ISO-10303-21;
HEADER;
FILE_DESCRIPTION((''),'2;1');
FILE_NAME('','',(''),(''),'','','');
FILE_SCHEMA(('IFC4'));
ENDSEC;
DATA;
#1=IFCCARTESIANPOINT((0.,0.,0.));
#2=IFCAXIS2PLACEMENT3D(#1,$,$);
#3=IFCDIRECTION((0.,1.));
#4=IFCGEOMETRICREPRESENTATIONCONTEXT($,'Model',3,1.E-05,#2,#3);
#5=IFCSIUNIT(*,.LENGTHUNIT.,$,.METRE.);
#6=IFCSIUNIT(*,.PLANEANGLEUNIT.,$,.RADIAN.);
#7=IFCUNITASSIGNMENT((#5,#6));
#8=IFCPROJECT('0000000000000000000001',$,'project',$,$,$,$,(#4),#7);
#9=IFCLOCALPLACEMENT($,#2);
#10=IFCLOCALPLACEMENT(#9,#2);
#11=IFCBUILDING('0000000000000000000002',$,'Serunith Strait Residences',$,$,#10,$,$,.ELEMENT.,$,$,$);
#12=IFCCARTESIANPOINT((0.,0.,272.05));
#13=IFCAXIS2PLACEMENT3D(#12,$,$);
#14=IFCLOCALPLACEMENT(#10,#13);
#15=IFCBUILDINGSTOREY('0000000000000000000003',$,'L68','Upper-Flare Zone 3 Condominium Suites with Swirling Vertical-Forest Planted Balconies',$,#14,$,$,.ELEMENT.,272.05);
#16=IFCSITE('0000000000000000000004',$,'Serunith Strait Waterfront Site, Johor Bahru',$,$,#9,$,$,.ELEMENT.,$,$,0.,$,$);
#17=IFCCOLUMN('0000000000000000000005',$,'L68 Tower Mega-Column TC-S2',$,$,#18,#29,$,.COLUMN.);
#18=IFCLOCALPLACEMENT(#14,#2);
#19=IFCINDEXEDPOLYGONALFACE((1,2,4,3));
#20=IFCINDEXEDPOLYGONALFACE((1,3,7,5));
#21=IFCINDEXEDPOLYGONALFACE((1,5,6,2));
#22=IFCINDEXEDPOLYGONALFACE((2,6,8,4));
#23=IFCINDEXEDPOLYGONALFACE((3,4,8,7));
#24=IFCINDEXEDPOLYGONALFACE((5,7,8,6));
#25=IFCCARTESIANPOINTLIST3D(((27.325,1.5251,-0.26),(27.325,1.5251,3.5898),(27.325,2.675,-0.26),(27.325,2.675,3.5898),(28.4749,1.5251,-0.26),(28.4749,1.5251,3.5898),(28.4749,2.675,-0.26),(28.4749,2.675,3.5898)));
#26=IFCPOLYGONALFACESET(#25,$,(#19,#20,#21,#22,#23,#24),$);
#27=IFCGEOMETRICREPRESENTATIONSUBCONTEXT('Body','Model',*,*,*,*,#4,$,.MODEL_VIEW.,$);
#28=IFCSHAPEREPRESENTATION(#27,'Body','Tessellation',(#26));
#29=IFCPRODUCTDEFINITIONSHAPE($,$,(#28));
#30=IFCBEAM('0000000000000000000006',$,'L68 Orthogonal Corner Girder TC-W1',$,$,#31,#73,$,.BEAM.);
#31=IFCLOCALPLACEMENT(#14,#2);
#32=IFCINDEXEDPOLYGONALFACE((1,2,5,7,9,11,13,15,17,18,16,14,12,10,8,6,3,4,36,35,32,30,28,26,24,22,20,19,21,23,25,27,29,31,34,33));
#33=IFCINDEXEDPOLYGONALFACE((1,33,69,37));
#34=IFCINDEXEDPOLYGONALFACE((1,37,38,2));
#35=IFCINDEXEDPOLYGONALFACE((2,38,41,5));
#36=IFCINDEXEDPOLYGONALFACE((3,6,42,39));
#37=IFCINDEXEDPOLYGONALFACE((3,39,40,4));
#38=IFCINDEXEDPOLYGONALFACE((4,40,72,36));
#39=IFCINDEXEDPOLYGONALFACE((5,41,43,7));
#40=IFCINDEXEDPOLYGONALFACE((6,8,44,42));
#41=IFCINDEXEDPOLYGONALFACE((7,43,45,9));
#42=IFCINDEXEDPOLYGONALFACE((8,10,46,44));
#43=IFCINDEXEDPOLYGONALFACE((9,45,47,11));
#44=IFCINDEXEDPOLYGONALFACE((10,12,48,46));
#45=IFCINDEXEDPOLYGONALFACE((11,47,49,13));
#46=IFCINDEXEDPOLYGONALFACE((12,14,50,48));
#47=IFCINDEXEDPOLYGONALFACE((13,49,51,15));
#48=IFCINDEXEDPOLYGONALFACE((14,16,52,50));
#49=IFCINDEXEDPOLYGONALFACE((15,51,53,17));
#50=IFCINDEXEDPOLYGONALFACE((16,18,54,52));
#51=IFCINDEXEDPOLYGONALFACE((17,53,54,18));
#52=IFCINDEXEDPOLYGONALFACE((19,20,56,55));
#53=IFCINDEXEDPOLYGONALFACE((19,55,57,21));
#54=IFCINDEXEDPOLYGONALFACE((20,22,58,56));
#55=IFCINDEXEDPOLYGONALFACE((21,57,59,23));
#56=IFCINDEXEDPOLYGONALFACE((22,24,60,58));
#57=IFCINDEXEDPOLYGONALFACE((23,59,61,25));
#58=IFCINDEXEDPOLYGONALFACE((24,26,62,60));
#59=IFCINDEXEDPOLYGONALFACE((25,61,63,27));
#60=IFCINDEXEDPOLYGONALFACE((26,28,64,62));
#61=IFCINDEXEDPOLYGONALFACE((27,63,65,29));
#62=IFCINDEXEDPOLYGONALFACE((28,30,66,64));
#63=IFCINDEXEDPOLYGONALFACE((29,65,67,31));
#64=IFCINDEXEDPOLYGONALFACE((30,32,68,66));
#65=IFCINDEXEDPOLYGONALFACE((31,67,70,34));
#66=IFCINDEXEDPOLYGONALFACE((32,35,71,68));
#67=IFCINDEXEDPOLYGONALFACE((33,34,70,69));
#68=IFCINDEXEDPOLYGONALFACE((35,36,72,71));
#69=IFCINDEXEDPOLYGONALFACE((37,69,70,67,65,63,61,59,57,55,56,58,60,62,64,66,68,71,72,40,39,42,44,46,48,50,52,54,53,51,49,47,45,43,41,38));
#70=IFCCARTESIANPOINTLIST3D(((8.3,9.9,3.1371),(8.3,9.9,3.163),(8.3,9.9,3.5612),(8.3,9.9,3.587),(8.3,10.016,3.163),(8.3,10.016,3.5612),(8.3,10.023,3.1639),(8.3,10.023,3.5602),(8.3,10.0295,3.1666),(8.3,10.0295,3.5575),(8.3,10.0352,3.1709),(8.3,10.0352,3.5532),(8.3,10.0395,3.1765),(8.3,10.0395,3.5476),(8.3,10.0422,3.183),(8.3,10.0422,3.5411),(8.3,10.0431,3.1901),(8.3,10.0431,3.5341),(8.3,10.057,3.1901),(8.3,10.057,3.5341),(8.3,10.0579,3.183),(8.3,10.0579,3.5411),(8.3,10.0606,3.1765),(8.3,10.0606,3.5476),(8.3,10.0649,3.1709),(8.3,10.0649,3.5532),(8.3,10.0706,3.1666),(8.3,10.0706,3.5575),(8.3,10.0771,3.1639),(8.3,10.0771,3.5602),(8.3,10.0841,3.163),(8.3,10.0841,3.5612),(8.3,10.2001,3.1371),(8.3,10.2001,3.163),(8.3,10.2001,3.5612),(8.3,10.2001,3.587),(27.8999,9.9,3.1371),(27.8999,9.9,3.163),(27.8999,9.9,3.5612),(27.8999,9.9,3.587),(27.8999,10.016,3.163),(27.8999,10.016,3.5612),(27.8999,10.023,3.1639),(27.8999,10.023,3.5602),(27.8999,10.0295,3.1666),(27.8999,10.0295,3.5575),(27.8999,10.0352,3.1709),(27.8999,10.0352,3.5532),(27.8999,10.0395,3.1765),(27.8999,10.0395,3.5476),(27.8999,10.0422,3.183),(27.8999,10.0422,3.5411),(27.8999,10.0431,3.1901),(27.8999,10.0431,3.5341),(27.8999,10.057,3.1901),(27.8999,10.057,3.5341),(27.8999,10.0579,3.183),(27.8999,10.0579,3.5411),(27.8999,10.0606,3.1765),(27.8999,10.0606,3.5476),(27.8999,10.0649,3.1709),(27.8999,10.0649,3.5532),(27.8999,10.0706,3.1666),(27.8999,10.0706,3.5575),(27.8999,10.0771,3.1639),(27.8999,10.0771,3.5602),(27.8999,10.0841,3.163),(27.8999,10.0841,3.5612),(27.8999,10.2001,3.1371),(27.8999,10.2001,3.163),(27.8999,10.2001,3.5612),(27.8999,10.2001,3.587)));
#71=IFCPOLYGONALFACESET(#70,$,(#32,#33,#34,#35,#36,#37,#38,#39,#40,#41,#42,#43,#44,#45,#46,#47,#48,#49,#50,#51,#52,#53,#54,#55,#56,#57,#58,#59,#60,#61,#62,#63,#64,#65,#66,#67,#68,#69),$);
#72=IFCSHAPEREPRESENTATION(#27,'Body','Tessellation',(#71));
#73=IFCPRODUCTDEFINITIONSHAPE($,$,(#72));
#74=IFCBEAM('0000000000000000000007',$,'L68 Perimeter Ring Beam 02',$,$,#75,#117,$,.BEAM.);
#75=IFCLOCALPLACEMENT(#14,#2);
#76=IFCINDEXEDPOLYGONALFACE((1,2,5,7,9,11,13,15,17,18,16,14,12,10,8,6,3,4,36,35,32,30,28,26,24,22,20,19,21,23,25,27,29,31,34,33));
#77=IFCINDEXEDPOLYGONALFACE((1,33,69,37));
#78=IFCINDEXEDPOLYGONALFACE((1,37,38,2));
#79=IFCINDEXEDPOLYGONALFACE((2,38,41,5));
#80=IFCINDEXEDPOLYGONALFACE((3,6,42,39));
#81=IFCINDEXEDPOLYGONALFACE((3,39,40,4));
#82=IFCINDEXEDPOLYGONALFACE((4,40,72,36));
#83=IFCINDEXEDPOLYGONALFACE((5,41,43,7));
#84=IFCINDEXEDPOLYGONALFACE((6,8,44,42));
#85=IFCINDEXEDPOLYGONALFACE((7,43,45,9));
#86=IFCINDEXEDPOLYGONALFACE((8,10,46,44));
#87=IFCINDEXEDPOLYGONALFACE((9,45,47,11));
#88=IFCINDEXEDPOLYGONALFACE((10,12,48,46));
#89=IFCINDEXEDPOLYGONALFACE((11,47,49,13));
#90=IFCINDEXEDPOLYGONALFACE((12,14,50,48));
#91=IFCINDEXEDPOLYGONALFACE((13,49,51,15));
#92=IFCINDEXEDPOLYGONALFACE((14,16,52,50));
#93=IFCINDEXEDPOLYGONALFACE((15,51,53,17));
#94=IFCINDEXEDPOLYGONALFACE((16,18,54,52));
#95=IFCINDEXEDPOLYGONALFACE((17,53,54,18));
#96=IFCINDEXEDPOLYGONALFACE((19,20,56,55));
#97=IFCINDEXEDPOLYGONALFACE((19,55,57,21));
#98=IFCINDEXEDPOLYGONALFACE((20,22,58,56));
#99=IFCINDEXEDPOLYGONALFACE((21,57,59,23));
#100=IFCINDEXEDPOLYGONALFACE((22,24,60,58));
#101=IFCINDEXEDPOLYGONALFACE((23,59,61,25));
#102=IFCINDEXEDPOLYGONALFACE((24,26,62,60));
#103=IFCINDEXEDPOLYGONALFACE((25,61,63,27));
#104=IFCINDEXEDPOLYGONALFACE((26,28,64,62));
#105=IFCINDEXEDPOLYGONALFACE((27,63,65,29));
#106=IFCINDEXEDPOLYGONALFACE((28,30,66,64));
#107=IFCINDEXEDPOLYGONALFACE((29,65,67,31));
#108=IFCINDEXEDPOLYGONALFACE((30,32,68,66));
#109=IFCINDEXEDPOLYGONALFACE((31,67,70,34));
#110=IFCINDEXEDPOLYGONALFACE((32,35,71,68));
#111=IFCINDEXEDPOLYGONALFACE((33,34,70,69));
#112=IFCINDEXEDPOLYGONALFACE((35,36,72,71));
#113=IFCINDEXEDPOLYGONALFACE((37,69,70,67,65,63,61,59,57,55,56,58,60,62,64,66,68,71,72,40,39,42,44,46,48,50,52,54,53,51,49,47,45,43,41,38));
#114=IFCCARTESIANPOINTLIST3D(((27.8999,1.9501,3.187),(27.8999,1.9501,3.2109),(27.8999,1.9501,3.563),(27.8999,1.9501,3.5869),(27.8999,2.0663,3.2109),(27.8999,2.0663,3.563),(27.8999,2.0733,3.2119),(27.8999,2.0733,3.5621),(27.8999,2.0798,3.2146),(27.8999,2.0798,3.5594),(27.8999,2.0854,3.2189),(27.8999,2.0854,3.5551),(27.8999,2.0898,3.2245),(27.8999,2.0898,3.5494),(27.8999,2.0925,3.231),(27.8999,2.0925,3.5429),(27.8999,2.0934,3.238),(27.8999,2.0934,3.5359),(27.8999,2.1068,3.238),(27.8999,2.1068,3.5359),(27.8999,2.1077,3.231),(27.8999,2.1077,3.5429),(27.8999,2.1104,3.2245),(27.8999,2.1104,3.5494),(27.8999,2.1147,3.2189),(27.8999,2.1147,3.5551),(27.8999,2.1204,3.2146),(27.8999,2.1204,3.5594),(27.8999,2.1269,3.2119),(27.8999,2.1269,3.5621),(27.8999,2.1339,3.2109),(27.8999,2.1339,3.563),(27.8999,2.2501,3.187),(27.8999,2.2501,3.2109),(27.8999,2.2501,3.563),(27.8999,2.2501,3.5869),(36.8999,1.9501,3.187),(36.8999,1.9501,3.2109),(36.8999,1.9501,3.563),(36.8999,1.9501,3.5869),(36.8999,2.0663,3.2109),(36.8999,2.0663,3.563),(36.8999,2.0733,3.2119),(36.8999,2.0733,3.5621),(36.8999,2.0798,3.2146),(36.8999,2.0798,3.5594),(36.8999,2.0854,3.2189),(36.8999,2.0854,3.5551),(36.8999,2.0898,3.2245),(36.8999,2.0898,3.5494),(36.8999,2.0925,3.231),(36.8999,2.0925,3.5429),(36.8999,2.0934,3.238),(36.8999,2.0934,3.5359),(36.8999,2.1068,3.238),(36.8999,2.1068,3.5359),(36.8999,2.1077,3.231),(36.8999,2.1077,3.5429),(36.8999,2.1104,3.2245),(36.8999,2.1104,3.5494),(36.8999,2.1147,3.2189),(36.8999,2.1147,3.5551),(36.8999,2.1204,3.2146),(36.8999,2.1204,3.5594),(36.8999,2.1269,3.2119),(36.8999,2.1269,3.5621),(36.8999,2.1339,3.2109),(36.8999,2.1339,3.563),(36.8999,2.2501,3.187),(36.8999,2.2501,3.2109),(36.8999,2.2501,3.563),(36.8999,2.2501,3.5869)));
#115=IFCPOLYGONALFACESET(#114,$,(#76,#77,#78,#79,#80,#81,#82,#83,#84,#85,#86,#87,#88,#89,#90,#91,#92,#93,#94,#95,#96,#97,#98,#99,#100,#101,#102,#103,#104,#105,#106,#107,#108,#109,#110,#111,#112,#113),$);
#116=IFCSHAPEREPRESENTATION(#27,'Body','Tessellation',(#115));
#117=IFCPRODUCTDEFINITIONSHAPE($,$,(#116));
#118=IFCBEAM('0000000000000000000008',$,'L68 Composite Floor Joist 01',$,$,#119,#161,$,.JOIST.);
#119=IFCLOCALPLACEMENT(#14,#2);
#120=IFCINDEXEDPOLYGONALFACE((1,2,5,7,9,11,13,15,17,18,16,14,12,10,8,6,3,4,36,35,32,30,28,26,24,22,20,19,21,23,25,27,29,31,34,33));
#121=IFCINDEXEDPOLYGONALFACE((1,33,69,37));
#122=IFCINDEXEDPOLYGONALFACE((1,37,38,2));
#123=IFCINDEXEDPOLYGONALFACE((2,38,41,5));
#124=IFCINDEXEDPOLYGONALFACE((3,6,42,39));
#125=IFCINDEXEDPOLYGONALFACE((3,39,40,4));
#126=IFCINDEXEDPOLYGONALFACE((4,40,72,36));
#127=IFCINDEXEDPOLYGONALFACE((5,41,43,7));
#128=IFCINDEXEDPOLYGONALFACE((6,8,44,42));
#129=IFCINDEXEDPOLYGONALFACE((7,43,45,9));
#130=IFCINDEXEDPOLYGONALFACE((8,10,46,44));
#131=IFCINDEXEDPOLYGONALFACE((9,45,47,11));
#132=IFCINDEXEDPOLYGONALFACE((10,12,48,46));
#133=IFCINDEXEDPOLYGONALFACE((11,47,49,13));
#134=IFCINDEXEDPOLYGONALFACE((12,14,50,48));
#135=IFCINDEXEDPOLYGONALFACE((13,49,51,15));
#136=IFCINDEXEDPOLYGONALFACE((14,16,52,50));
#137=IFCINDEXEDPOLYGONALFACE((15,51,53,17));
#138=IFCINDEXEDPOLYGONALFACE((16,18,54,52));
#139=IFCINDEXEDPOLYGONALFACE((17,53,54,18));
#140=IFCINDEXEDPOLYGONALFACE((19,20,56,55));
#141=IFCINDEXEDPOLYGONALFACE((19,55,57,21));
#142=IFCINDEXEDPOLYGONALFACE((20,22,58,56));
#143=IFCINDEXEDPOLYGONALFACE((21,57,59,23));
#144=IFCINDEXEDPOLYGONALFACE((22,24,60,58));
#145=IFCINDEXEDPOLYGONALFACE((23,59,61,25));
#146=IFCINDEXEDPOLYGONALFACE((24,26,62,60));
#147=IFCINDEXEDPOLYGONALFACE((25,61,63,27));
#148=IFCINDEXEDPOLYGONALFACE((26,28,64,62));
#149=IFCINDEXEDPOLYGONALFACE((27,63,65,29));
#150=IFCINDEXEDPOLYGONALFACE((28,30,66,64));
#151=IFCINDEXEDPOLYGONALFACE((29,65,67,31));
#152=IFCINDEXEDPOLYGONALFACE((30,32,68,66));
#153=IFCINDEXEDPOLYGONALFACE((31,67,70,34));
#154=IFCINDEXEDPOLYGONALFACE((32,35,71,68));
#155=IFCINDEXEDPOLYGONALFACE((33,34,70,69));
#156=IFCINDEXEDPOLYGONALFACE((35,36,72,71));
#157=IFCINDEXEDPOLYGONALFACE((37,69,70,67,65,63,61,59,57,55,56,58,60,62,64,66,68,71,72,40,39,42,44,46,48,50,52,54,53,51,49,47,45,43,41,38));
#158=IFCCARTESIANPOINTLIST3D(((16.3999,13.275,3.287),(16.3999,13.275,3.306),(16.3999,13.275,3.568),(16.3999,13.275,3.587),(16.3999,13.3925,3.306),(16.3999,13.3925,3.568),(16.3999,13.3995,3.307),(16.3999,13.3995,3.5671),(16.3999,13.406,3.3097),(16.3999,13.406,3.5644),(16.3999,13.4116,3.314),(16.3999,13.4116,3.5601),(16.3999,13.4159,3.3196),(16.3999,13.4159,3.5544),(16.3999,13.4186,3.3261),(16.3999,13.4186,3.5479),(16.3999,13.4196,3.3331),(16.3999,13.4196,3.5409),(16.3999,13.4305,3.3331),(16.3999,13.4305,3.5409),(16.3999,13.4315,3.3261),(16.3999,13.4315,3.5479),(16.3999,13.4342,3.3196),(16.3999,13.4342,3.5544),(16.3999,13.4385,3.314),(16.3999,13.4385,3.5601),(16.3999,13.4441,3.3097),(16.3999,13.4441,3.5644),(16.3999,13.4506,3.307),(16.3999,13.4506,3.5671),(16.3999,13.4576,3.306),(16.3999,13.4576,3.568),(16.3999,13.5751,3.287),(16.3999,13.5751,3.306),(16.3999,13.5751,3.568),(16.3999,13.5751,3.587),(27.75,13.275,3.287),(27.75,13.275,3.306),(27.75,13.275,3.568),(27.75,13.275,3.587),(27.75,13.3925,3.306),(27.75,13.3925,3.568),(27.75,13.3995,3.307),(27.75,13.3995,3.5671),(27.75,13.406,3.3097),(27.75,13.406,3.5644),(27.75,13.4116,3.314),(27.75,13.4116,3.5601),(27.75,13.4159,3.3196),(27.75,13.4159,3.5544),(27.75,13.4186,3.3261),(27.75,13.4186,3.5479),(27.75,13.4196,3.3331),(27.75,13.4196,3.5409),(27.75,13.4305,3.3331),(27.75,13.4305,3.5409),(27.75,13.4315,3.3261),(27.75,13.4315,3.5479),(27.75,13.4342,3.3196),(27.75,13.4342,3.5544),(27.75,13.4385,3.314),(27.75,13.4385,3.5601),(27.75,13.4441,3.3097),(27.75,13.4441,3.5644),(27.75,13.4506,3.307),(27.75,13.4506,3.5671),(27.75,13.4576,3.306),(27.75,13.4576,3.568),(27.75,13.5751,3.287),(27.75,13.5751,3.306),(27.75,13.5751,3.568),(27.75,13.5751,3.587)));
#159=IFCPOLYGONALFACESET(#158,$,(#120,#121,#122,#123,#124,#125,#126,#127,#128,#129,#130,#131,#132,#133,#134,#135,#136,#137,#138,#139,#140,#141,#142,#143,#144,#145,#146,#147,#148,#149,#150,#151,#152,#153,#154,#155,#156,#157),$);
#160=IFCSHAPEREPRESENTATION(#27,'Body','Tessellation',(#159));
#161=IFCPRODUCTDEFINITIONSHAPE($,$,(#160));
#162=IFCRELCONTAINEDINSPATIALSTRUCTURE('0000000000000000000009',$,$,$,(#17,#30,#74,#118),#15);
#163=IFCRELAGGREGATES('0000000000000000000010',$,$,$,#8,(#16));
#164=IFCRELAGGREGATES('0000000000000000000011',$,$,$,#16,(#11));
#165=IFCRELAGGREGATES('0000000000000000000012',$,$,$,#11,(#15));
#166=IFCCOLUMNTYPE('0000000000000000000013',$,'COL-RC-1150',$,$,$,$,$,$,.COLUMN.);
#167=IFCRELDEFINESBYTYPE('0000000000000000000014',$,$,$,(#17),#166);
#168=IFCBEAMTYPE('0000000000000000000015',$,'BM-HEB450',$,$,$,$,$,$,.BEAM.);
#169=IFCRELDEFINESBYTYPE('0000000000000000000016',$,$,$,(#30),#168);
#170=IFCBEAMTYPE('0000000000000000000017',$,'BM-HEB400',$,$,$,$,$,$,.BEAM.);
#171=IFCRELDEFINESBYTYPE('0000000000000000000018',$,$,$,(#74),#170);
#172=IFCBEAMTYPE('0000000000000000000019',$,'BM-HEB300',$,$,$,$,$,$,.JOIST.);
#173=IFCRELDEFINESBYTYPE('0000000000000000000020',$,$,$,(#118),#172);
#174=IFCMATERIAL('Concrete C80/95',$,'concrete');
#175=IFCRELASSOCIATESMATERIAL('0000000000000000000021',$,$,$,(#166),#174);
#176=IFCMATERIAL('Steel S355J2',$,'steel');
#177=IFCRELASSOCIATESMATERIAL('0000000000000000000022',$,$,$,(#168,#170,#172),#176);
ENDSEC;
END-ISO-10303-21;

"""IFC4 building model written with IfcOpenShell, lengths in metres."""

from ifc_helpers import new_model, si_unit, direction, frame, origin, origin_2d, place, context, subcontext, project, spatial, rectangle, i_section, extrude, source, transform, mapped, material, material_profile, profile_set, type_object, element, save


model = new_model("IFC4")

# Units and contexts
model_context = context("Model", 3, precision=1e-05, world=origin(), true_north=direction((0.0, 1.0)))
body_context = subcontext(model_context, "Body", "Model", "MODEL_VIEW")
ifc_project = project(units=[si_unit("LENGTHUNIT", "METRE"), si_unit("PLANEANGLEUNIT", "RADIAN")], contexts=[model_context])

# Site, building, storey
site_placement = place(None, origin())
site = spatial("IfcSite", under=ifc_project, at=site_placement, Name="Serunith Strait Waterfront Site, Johor Bahru", CompositionType="ELEMENT", RefElevation=0.0)
building_placement = place(site_placement, origin())
building = spatial("IfcBuilding", under=site, at=building_placement, Name="Serunith Strait Residences", CompositionType="ELEMENT")
storey_placement = place(building_placement, frame((0.0, 0.0, 272.05)))
storey = spatial("IfcBuildingStorey", under=building, at=storey_placement, Name="L68", Description="Upper-Flare Zone 3 Condominium Suites with Swirling Vertical-Forest Planted Balconies", CompositionType="ELEMENT", Elevation=272.05)

# Column
ifc_material_1 = material(Name="Concrete C80/95", Category="concrete")
ifc_material_profile_1 = material_profile(ifc_material_1, rectangle(XDim=1.1499, YDim=1.1499, at=origin_2d()), Name="RC 1150x1150")
ifc_profile_set_1 = profile_set([ifc_material_profile_1], Name="Concrete C80/95")
column_type = type_object("IfcColumnType", Name="COL-RC-1150", PredefinedType="COLUMN", material=ifc_profile_set_1)
shared_shape_1 = source(origin(), body_context, "Body", "SweptSolid", [
    extrude(rectangle(XDim=1.1499, YDim=1.1499, at=origin_2d()), origin(), (0.0, 0.0, 1.0), 3.8499),
])
column_placement = place(storey_placement, frame((27.8999, 2.1001, -0.26), z_axis=(0.0, 0.0, 1.0), x_axis=(1.0, 0.0, 0.0)))
element("IfcColumn", 1, at=column_placement, inside=storey, type_object=column_type, Name="L68 Tower Mega-Column TC-S2", PredefinedType="COLUMN", context=body_context, shape_type="MappedRepresentation", body=[
    mapped(shared_shape_1, transform((0.0, 0.0, 0.0), scale=1.0)),
])

# Beams
ifc_material_2 = material(Name="Steel S355J2", Category="steel")
ifc_material_profile_2 = material_profile(ifc_material_2, i_section(OverallWidth=0.3, OverallDepth=0.45, WebThickness=0.0139, FlangeThickness=0.0259, FilletRadius=0.0271, at=origin_2d()), Name="HEB 450")
ifc_profile_set_2 = profile_set([ifc_material_profile_2], Name="Steel S355J2")
beam_type_1 = type_object("IfcBeamType", Name="BM-HEB450", PredefinedType="BEAM", material=ifc_profile_set_2)
shared_shape_2 = source(origin(), body_context, "Body", "SweptSolid", [
    extrude(i_section(OverallWidth=0.3, OverallDepth=0.45, WebThickness=0.0139, FlangeThickness=0.0259, FilletRadius=0.0271, at=origin_2d()), origin(), (0.0, 0.0, 1.0), 19.5999),
])
beam_1_placement = place(storey_placement, frame((27.8999, 10.05, 3.3621), z_axis=(-1.0, 0.0, 0.0), x_axis=(0.0, -1.0, 0.0)))
element("IfcBeam", 2, at=beam_1_placement, inside=storey, type_object=beam_type_1, Name="L68 Orthogonal Corner Girder TC-W1", PredefinedType="BEAM", context=body_context, shape_type="MappedRepresentation", body=[
    mapped(shared_shape_2, transform((0.0, 0.0, 0.0), scale=1.0)),
])
ifc_material_profile_3 = material_profile(ifc_material_2, i_section(OverallWidth=0.3, OverallDepth=0.3999, WebThickness=0.0134, FlangeThickness=0.0239, FilletRadius=0.0271, at=origin_2d()), Name="HEB 400")
ifc_profile_set_3 = profile_set([ifc_material_profile_3], Name="Steel S355J2")
beam_type_2 = type_object("IfcBeamType", Name="BM-HEB400", PredefinedType="BEAM", material=ifc_profile_set_3)
shared_shape_3 = source(origin(), body_context, "Body", "SweptSolid", [
    extrude(i_section(OverallWidth=0.3, OverallDepth=0.3999, WebThickness=0.0134, FlangeThickness=0.0239, FilletRadius=0.0271, at=origin_2d()), origin(), (0.0, 0.0, 1.0), 9.0),
])
beam_2_placement = place(storey_placement, frame((27.8999, 2.1001, 3.387), z_axis=(1.0, 0.0, 0.0), x_axis=(0.0, 1.0, 0.0)))
element("IfcBeam", 3, at=beam_2_placement, inside=storey, type_object=beam_type_2, Name="L68 Perimeter Ring Beam 02", PredefinedType="BEAM", context=body_context, shape_type="MappedRepresentation", body=[
    mapped(shared_shape_3, transform((0.0, 0.0, 0.0), scale=1.0)),
])
ifc_material_profile_4 = material_profile(ifc_material_2, i_section(OverallWidth=0.3, OverallDepth=0.3, WebThickness=0.011, FlangeThickness=0.019, FilletRadius=0.0271, at=origin_2d()), Name="HEB 300")
ifc_profile_set_4 = profile_set([ifc_material_profile_4], Name="Steel S355J2")
beam_type_3 = type_object("IfcBeamType", Name="BM-HEB300", PredefinedType="JOIST", material=ifc_profile_set_4)
shared_shape_4 = source(origin(), body_context, "Body", "SweptSolid", [
    extrude(i_section(OverallWidth=0.3, OverallDepth=0.3, WebThickness=0.011, FlangeThickness=0.019, FilletRadius=0.0271, at=origin_2d()), origin(), (0.0, 0.0, 1.0), 11.3501),
])
beam_3_placement = place(storey_placement, frame((16.3999, 13.425, 3.437), z_axis=(1.0, 0.0, 0.0), x_axis=(0.0, 1.0, 0.0)))
element("IfcBeam", 4, at=beam_3_placement, inside=storey, type_object=beam_type_3, Name="L68 Composite Floor Joist 01", PredefinedType="JOIST", context=body_context, shape_type="MappedRepresentation", body=[
    mapped(shared_shape_4, transform((0.0, 0.0, 0.0), scale=1.0)),
])

save(model, "model.ifc")
